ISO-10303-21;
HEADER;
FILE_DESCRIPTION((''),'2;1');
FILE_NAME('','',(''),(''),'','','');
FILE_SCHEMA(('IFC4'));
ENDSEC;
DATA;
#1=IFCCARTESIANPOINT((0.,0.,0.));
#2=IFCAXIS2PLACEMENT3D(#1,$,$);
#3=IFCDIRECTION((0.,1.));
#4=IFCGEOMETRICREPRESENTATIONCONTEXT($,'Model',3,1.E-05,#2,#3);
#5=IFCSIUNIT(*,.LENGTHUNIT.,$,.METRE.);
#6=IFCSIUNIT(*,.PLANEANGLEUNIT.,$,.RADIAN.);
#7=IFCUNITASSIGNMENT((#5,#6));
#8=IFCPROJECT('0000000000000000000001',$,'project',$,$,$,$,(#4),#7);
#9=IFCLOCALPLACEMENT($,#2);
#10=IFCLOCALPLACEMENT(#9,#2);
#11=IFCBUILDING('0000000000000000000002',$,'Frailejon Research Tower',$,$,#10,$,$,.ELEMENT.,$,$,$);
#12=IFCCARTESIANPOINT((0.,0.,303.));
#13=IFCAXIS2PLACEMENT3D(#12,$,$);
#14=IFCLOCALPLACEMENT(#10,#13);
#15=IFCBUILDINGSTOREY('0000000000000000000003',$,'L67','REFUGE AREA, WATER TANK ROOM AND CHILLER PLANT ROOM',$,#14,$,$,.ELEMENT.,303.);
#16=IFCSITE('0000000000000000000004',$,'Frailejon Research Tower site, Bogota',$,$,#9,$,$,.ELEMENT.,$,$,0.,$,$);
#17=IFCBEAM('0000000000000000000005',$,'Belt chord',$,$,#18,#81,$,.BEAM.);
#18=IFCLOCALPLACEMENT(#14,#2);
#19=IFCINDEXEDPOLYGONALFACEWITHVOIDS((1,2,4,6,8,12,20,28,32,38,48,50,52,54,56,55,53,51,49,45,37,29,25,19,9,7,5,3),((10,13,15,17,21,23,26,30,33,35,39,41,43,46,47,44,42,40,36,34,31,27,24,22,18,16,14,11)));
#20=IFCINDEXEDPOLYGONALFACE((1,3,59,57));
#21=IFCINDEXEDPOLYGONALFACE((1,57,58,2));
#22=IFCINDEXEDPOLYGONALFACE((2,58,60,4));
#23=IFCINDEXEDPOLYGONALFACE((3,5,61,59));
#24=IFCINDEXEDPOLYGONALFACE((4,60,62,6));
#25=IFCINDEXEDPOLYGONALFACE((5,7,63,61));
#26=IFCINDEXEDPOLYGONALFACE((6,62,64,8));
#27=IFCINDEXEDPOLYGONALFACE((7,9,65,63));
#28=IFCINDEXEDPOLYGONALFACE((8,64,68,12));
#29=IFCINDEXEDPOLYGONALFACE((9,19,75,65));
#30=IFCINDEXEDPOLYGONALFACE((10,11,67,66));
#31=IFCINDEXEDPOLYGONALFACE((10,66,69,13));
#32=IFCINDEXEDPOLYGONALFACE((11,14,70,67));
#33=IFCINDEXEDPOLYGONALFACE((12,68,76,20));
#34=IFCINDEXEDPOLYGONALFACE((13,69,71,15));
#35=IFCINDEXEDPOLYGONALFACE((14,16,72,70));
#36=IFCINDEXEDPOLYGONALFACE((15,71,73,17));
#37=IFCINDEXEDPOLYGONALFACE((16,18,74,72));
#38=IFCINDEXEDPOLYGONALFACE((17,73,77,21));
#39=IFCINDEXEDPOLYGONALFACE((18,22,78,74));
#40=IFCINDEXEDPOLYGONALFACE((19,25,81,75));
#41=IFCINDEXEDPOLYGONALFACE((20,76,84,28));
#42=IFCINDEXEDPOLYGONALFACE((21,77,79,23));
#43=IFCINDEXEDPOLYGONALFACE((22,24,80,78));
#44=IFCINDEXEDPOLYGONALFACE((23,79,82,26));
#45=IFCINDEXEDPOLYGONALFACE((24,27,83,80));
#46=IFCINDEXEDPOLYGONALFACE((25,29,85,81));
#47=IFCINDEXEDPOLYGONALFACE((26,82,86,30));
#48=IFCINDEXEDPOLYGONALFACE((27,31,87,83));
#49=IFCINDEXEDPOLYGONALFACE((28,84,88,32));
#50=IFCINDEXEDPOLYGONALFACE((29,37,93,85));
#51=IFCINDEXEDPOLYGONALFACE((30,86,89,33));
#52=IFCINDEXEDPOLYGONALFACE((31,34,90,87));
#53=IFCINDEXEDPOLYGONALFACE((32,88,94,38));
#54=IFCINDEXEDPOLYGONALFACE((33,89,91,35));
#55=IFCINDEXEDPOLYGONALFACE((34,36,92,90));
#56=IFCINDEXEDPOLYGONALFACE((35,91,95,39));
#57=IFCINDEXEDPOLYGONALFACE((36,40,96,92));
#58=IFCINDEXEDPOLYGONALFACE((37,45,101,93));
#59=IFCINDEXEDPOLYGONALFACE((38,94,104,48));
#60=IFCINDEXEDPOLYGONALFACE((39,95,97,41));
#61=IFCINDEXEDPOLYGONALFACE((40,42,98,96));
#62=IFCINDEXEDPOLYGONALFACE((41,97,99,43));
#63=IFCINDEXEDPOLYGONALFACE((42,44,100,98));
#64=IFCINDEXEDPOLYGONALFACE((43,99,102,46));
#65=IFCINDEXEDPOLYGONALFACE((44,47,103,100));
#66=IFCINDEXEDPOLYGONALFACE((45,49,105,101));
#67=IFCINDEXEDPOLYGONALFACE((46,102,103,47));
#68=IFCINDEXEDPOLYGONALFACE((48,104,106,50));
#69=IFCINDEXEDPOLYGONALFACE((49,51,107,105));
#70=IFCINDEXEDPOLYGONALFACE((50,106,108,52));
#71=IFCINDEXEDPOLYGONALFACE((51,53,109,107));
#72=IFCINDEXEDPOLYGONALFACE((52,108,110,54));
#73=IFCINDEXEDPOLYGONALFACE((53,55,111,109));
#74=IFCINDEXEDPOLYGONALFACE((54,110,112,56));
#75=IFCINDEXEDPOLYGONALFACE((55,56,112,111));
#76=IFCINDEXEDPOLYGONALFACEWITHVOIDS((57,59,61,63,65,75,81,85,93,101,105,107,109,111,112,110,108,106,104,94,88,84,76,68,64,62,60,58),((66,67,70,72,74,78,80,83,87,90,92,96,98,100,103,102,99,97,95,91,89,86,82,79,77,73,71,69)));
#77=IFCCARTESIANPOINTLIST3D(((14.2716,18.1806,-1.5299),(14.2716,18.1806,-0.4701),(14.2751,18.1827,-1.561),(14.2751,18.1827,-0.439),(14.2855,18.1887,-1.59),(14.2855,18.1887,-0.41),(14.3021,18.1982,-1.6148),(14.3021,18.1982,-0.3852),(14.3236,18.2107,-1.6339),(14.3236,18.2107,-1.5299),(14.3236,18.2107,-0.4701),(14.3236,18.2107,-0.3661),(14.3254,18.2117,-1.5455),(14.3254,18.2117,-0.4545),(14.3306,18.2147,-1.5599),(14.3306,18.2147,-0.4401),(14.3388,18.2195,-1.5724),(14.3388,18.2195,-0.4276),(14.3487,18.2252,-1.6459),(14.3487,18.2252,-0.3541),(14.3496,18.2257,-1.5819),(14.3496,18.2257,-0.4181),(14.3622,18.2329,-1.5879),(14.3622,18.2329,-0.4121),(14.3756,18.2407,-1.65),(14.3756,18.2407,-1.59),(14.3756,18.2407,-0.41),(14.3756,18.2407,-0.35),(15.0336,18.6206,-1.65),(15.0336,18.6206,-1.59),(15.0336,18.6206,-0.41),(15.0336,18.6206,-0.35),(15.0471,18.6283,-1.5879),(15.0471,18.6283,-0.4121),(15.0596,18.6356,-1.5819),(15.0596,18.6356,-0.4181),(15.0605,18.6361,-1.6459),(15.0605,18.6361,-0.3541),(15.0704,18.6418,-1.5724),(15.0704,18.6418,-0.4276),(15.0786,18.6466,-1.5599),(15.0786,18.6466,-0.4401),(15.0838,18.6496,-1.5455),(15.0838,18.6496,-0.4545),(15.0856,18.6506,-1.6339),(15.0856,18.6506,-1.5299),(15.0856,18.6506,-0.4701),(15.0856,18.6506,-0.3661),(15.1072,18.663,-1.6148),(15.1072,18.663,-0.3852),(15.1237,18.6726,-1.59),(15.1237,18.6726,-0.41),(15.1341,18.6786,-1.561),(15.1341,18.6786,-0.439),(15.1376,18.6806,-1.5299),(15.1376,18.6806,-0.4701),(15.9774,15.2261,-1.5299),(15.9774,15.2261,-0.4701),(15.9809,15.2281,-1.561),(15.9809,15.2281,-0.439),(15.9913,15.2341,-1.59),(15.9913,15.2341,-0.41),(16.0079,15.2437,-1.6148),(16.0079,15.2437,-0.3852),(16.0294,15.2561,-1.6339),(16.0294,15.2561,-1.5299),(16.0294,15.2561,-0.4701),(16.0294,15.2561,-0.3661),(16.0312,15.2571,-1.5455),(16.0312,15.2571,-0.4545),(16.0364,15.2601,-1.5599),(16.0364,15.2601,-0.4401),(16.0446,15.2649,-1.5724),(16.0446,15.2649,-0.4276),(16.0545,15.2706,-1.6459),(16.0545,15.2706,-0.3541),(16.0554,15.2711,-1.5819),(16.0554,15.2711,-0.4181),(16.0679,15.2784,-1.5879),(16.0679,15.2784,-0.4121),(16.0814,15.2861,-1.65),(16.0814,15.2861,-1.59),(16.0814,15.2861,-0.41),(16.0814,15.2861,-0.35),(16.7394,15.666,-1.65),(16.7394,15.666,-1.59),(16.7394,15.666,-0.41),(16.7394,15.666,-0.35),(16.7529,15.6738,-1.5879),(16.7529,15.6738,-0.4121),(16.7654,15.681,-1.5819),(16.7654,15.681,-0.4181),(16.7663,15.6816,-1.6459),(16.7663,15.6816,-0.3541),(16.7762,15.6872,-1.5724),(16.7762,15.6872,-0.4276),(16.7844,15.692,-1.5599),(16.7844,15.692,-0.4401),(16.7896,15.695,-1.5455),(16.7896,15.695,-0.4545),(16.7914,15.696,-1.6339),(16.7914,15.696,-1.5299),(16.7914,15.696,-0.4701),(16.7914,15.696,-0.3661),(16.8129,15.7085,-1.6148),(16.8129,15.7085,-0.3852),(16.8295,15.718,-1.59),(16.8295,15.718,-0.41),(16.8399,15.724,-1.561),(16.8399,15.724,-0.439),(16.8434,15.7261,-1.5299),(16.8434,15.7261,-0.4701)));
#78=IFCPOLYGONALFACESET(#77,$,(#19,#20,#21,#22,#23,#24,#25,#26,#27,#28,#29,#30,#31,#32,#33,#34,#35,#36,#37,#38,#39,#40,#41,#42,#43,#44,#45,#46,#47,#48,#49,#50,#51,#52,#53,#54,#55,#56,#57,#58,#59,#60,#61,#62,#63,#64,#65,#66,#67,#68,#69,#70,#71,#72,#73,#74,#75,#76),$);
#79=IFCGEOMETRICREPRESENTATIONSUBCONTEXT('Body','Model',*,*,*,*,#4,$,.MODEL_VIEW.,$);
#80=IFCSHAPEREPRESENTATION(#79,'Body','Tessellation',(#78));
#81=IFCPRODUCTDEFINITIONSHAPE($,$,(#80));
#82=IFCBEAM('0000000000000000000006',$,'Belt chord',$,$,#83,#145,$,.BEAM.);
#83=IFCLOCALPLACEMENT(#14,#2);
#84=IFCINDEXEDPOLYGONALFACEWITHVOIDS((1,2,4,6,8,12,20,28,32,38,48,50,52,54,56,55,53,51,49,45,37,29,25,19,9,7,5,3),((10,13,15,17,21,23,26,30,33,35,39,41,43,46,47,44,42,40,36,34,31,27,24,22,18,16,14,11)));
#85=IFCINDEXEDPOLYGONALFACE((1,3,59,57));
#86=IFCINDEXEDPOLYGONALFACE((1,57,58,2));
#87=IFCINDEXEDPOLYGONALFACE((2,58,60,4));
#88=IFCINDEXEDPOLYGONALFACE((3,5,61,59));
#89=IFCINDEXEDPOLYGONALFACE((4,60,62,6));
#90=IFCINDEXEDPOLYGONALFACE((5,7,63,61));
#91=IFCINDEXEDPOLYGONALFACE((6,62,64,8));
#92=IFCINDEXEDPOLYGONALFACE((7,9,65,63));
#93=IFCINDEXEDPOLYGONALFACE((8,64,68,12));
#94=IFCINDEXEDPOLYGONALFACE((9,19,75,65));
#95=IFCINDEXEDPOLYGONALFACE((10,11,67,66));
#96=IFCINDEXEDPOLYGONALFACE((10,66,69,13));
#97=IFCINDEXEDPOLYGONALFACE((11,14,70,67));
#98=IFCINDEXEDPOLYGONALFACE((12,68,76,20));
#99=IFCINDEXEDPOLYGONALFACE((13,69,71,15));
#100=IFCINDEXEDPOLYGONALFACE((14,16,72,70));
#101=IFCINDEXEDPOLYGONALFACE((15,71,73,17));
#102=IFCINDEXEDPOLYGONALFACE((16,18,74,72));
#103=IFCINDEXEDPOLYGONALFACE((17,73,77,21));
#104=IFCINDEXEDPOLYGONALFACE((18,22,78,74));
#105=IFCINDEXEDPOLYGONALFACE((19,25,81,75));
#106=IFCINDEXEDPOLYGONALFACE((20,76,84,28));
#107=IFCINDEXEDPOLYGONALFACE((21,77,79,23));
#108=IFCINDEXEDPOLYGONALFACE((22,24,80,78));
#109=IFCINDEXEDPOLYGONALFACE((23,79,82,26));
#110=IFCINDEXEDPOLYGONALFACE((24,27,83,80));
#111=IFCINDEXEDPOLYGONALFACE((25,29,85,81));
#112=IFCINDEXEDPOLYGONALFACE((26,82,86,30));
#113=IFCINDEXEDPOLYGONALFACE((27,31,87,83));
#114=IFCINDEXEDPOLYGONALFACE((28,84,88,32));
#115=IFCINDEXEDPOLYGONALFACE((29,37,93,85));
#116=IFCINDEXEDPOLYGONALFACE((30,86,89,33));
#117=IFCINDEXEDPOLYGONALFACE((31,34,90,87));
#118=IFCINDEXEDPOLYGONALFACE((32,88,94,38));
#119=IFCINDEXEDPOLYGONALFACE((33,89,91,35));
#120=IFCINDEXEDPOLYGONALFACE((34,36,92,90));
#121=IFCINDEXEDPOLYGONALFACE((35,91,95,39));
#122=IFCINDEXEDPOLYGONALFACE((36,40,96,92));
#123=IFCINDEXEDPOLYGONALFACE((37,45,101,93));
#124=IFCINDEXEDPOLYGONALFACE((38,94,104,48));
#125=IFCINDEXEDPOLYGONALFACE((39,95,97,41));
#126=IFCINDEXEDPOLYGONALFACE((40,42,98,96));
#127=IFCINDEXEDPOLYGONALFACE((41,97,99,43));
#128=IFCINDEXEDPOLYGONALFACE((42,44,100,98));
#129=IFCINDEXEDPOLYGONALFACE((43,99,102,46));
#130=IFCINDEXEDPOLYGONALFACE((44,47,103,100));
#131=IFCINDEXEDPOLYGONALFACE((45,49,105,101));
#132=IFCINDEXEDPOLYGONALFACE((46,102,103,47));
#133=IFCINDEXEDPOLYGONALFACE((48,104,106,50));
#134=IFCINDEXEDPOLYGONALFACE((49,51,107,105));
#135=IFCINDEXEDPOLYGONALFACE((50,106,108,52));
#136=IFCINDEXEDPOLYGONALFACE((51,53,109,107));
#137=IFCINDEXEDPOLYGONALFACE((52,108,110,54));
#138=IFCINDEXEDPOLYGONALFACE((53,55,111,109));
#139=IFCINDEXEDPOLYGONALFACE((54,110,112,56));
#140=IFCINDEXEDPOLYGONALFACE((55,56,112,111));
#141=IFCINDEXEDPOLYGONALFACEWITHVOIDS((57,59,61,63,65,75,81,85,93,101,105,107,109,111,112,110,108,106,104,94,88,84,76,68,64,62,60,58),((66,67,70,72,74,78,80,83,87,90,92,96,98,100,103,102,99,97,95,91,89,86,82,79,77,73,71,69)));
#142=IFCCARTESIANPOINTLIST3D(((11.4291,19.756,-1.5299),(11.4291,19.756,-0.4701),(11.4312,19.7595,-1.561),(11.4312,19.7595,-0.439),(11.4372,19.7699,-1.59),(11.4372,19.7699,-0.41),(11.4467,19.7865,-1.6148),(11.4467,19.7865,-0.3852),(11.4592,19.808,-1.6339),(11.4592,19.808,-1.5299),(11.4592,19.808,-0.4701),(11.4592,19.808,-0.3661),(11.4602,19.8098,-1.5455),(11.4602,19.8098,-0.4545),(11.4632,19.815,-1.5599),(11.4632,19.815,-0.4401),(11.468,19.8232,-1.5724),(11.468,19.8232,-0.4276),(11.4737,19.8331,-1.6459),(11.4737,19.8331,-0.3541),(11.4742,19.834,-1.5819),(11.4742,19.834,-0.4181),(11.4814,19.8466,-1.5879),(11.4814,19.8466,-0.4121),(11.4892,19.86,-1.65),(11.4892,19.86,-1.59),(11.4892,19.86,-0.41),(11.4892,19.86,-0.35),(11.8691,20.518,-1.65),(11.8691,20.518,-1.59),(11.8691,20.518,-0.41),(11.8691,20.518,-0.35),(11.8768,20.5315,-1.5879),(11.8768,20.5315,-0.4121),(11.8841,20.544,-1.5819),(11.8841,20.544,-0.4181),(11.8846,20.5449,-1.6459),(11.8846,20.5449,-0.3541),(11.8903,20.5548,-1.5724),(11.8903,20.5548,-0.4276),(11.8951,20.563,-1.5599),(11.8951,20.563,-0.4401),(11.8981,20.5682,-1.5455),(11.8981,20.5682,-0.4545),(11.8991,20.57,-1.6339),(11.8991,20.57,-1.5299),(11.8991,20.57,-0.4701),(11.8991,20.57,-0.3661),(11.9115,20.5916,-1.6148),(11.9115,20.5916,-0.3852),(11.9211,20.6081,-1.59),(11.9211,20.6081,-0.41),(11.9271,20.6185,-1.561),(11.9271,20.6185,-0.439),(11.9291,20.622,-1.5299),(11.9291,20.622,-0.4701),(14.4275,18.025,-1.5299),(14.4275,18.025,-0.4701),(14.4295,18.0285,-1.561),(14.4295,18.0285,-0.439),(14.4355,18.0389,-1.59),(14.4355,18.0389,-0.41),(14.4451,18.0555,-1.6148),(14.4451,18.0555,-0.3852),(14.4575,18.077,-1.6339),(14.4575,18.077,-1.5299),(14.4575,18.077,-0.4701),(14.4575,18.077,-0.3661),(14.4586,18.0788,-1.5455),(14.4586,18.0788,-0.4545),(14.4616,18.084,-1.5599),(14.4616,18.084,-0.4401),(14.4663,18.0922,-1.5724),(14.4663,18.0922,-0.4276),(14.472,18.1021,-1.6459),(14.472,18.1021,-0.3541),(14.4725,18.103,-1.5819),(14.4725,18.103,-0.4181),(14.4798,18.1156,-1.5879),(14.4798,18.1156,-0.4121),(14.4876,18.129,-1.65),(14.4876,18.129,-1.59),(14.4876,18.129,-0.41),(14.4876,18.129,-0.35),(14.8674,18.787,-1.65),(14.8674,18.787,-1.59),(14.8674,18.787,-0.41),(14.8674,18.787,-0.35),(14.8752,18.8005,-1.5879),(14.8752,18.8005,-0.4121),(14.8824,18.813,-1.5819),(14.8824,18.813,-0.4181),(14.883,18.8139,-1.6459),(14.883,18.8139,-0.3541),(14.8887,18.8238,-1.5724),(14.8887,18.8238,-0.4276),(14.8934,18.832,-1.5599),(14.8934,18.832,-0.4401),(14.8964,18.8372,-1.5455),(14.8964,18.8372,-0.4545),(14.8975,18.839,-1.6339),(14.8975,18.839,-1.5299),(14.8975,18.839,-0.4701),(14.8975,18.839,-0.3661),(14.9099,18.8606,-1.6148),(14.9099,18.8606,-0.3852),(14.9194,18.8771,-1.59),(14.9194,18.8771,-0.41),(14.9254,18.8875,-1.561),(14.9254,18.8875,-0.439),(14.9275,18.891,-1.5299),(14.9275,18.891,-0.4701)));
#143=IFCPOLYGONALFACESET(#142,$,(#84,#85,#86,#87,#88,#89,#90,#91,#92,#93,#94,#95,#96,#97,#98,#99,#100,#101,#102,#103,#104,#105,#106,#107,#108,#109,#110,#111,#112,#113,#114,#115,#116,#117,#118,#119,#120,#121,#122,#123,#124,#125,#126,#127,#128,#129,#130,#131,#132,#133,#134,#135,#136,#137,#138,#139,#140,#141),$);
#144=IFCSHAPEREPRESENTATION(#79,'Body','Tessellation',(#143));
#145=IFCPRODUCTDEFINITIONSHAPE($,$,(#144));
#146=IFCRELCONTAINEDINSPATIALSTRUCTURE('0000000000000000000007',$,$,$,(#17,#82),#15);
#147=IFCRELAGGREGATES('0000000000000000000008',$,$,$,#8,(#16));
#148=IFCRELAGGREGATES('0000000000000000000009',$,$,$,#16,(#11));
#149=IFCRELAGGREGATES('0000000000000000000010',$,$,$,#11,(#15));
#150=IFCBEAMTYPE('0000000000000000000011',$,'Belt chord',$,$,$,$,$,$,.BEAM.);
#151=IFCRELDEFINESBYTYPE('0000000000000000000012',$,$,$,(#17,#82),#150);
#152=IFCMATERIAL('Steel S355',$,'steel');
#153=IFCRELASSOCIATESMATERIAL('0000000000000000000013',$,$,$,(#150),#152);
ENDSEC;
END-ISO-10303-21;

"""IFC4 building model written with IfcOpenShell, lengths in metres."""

from ifc_helpers import new_model, si_unit, direction, frame, origin, origin_2d, place, context, subcontext, project, spatial, hollow_rectangle, extrude, material, material_profile, profile_set, type_object, element, save


model = new_model("IFC4")

# Units and contexts
model_context = context("Model", 3, precision=1e-05, world=origin(), true_north=direction((0.0, 1.0)))
body_context = subcontext(model_context, "Body", "Model", "MODEL_VIEW")
ifc_project = project(units=[si_unit("LENGTHUNIT", "METRE"), si_unit("PLANEANGLEUNIT", "RADIAN")], contexts=[model_context])

# Site, building, storey
site_placement = place(None, origin())
site = spatial("IfcSite", under=ifc_project, at=site_placement, Name="Frailejon Research Tower site, Bogota", CompositionType="ELEMENT", RefElevation=0.0)
building_placement = place(site_placement, origin())
building = spatial("IfcBuilding", under=site, at=building_placement, Name="Frailejon Research Tower", CompositionType="ELEMENT")
storey_placement = place(building_placement, frame((0.0, 0.0, 303.0)))
storey = spatial("IfcBuildingStorey", under=building, at=storey_placement, Name="L67", Description="REFUGE AREA, WATER TANK ROOM AND CHILLER PLANT ROOM", CompositionType="ELEMENT", Elevation=303.0)

# Beams
ifc_material_1 = material(Name="Steel S355", Category="steel")
ifc_material_profile_1 = material_profile(ifc_material_1, hollow_rectangle(XDim=1.0, YDim=1.3, WallThickness=0.0601, InnerFilletRadius=0.0601, OuterFilletRadius=0.1201, at=origin_2d()), Name="Belt chord")
ifc_profile_set_1 = profile_set([ifc_material_profile_1], Name="Steel S355")
beam_type_1 = type_object("IfcBeamType", Name="Belt chord", PredefinedType="BEAM", material=ifc_profile_set_1)
for number, where, z_axis, x_axis, name in (
    (1, (16.4104, 15.4761, -1.0), (-0.499995, 0.866028, 0.0), (-0.866028, -0.499995, 0.0), "Belt chord"),
):
    element("IfcBeam", number, at=place(storey_placement, frame(where, z_axis=z_axis, x_axis=x_axis)), inside=storey, type_object=beam_type_1, Name=name, PredefinedType="BEAM", context=body_context, shape_type="SweptSolid", body=[
        extrude(hollow_rectangle(XDim=1.0, YDim=1.3, WallThickness=0.0601, InnerFilletRadius=0.0601, OuterFilletRadius=0.1201, at=origin_2d()), origin(), (0.0, 0.0, 1.0), 3.4116),
    ])
beam_1_placement = place(storey_placement, frame((14.6775, 18.458, -1.0), z_axis=(-0.866039, 0.499977, 0.0), x_axis=(-0.499977, -0.866039, 0.0)))
element("IfcBeam", 2, at=beam_1_placement, inside=storey, type_object=beam_type_1, Name="Belt chord", PredefinedType="BEAM", context=body_context, shape_type="SweptSolid", body=[
    extrude(hollow_rectangle(XDim=1.0, YDim=1.3, WallThickness=0.0601, InnerFilletRadius=0.0601, OuterFilletRadius=0.1201, at=origin_2d()), origin(), (0.0, 0.0, 1.0), 3.4622),
])

save(model, "model.ifc")
